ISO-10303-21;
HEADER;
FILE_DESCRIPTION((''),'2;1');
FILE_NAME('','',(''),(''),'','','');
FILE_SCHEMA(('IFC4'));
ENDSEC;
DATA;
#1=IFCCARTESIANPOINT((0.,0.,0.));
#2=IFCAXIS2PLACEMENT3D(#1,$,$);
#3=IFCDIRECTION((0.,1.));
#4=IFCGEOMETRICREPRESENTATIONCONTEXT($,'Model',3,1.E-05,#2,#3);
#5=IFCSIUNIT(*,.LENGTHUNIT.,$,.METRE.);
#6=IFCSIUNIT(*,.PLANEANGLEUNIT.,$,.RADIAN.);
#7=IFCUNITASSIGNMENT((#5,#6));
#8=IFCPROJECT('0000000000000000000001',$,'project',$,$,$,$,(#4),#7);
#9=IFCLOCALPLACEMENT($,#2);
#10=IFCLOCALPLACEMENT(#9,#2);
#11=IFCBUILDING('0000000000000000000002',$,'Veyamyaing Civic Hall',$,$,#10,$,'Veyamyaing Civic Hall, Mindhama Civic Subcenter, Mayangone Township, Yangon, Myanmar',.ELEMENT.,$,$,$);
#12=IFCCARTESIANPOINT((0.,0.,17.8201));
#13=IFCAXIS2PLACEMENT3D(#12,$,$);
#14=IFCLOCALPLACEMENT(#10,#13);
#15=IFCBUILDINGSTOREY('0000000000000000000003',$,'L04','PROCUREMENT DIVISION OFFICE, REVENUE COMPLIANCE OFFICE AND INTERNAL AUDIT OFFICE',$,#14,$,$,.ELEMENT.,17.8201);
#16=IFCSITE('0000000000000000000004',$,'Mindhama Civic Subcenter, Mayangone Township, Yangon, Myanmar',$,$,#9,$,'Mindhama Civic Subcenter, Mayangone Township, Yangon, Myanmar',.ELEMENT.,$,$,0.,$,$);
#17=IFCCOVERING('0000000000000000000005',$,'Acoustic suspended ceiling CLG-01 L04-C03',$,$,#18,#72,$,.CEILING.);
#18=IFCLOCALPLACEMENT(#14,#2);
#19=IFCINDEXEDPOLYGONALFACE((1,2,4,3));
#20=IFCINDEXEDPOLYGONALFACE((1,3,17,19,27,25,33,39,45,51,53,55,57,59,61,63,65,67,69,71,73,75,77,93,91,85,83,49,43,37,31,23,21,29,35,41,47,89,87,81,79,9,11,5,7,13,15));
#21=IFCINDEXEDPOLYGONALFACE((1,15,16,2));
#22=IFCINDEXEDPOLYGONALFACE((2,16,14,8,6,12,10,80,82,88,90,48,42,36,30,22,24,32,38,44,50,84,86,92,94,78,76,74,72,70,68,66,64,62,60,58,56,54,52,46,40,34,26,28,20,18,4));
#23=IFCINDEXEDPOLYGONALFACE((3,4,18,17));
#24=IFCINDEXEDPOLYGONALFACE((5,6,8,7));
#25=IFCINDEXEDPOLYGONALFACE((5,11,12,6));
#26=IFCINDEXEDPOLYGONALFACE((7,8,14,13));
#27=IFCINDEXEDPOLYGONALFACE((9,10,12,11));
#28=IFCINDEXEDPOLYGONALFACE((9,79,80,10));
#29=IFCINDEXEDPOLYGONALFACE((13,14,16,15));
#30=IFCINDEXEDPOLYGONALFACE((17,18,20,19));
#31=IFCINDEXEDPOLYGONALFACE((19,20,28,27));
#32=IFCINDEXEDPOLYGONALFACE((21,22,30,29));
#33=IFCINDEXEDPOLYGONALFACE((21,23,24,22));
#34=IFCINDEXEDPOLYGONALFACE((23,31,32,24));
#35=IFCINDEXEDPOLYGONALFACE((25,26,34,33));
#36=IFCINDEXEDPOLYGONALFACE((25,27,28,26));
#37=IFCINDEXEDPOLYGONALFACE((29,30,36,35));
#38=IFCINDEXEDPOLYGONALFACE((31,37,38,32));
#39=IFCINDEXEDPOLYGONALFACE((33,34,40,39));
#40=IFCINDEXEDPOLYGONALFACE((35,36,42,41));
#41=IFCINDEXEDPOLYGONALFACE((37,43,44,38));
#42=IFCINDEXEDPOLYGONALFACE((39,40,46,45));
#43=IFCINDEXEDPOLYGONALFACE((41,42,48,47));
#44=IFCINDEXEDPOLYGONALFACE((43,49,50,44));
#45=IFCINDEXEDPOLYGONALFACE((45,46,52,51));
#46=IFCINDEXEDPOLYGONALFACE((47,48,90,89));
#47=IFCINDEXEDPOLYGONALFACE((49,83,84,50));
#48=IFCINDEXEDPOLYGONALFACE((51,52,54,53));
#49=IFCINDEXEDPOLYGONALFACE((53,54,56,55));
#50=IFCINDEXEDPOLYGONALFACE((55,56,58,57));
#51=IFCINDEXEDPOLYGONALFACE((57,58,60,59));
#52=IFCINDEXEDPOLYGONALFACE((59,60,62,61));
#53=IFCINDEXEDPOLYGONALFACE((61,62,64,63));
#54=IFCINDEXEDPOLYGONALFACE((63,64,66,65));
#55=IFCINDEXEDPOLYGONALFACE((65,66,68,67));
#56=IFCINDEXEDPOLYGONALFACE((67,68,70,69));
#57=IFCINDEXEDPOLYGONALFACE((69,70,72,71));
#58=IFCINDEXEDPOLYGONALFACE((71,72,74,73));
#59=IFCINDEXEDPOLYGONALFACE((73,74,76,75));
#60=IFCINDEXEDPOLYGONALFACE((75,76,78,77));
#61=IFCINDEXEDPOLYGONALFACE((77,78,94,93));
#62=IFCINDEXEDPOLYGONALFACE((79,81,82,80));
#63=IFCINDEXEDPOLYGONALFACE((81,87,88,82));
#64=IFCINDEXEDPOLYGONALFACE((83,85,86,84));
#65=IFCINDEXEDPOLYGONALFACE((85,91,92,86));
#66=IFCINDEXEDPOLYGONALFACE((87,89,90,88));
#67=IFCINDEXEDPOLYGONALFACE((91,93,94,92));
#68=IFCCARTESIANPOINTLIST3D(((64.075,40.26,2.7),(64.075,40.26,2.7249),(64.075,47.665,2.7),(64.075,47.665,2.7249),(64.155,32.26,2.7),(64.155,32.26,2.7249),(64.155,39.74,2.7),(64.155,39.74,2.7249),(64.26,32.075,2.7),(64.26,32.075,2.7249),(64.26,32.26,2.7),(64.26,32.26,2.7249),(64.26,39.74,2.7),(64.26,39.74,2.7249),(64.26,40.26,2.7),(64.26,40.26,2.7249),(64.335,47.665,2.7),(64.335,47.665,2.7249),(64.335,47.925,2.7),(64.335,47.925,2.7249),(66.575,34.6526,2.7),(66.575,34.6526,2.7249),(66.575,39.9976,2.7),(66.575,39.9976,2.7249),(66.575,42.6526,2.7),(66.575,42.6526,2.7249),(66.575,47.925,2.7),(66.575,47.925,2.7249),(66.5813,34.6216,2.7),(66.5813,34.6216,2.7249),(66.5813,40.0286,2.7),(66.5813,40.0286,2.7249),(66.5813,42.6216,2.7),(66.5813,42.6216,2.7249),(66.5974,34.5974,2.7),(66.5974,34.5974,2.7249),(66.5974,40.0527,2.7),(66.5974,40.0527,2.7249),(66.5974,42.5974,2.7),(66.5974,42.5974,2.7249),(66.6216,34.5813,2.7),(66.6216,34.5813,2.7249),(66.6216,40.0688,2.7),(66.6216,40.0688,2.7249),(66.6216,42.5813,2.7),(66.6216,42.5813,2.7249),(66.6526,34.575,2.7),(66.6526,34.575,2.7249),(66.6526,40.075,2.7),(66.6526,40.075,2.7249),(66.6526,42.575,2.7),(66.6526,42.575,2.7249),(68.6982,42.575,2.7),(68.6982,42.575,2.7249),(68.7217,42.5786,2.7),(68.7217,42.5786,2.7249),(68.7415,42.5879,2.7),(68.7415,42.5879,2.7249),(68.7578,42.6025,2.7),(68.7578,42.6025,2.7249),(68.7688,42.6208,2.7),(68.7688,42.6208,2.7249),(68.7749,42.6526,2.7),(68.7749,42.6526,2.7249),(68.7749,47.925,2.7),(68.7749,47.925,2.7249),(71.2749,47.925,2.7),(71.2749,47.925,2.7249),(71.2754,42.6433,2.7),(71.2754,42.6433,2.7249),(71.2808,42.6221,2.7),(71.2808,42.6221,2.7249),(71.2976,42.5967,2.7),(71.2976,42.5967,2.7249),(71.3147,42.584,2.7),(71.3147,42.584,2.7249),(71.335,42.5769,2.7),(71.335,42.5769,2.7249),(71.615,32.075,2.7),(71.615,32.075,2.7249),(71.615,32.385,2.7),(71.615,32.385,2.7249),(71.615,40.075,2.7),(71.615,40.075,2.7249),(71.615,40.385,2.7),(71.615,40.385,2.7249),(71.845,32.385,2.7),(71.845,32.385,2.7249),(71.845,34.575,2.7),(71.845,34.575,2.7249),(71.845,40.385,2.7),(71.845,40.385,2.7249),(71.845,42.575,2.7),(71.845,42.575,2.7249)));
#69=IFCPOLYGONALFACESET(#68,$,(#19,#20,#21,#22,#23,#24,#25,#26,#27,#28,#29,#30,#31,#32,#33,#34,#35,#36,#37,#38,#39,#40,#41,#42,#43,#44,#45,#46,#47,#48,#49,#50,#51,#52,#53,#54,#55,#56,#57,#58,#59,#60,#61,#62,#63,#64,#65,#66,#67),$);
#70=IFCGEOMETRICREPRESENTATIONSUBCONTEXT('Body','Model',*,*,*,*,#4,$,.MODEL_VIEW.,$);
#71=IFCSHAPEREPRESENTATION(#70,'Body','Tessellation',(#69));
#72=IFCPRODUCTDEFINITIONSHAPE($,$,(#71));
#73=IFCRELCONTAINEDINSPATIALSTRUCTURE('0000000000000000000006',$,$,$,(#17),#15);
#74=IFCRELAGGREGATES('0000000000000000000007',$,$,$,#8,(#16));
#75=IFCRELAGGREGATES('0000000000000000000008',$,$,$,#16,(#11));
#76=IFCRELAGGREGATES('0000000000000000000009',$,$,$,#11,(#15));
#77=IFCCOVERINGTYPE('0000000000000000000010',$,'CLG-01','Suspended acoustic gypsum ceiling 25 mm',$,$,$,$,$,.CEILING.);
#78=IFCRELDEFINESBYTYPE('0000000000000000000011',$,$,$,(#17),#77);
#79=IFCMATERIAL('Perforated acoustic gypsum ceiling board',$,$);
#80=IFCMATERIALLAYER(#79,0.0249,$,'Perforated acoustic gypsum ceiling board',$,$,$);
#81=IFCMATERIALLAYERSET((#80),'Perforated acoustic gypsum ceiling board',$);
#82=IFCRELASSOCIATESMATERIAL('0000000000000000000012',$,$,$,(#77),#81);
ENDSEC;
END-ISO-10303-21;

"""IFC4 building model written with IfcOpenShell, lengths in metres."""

from ifc_helpers import new_model, si_unit, direction, frame, origin, place, context, subcontext, project, spatial, polyline, outline, extrude, material, layer, layer_set, type_object, element, save


model = new_model("IFC4")

# Units and contexts
model_context = context("Model", 3, precision=1e-05, world=origin(), true_north=direction((0.0, 1.0)))
body_context = subcontext(model_context, "Body", "Model", "MODEL_VIEW")
ifc_project = project(units=[si_unit("LENGTHUNIT", "METRE"), si_unit("PLANEANGLEUNIT", "RADIAN")], contexts=[model_context])

# Site, building, storey
site_placement = place(None, origin())
site = spatial("IfcSite", under=ifc_project, at=site_placement, Name="Mindhama Civic Subcenter, Mayangone Township, Yangon, Myanmar", LongName="Mindhama Civic Subcenter, Mayangone Township, Yangon, Myanmar", CompositionType="ELEMENT", RefElevation=0.0)
building_placement = place(site_placement, origin())
building = spatial("IfcBuilding", under=site, at=building_placement, Name="Veyamyaing Civic Hall", LongName="Veyamyaing Civic Hall, Mindhama Civic Subcenter, Mayangone Township, Yangon, Myanmar", CompositionType="ELEMENT")
storey_placement = place(building_placement, frame((0.0, 0.0, 17.8201)))
storey = spatial("IfcBuildingStorey", under=building, at=storey_placement, Name="L04", Description="PROCUREMENT DIVISION OFFICE, REVENUE COMPLIANCE OFFICE AND INTERNAL AUDIT OFFICE", CompositionType="ELEMENT", Elevation=17.8201)

# Covering
ifc_material_1 = material(Name="Perforated acoustic gypsum ceiling board")
ifc_layer_1 = layer(ifc_material_1, 0.0249, Name="Perforated acoustic gypsum ceiling board")
ifc_layer_set_1 = layer_set([ifc_layer_1], Name="Perforated acoustic gypsum ceiling board")
covering_type_1 = type_object("IfcCoveringType", Name="CLG-01", Description="Suspended acoustic gypsum ceiling 25 mm", PredefinedType="CEILING", material=ifc_layer_set_1)
covering_1_placement = place(storey_placement, frame((0.0, 0.0, 2.7)))
element("IfcCovering", 1, at=covering_1_placement, inside=storey, type_object=covering_type_1, Name="Acoustic suspended ceiling CLG-01 L04-C03", PredefinedType="CEILING", context=body_context, shape_type="SweptSolid", body=[
    extrude(outline(polyline([(66.575, 42.6526), (66.5813, 42.6216), (66.5974, 42.5974), (66.6216, 42.5813), (66.6526, 42.575), (68.6982, 42.575), (68.7217, 42.5786), (68.7415, 42.5879), (68.7578, 42.6025), (68.7688, 42.6208), (68.7749, 42.6526), (68.7749, 47.925), (71.2749, 47.925), (71.2754, 42.6433), (71.2808, 42.6221), (71.2976, 42.5967), (71.3147, 42.584), (71.335, 42.5769), (71.845, 42.575), (71.845, 40.385), (71.615, 40.385), (71.615, 40.075), (66.6526, 40.075), (66.6216, 40.0688), (66.5974, 40.0527), (66.5813, 40.0286), (66.575, 39.9976), (66.575, 34.6526), (66.5813, 34.6216), (66.5974, 34.5974), (66.6216, 34.5813), (66.6526, 34.575), (71.845, 34.575), (71.845, 32.385), (71.615, 32.385), (71.615, 32.075), (64.26, 32.075), (64.26, 32.26), (64.155, 32.26), (64.155, 39.74), (64.26, 39.74), (64.26, 40.26), (64.075, 40.26), (64.075, 47.665), (64.335, 47.665), (64.335, 47.925), (66.575, 47.925), (66.575, 42.6526)])), origin(), (0.0, 0.0, 1.0), 0.0249),
])

save(model, "model.ifc")
